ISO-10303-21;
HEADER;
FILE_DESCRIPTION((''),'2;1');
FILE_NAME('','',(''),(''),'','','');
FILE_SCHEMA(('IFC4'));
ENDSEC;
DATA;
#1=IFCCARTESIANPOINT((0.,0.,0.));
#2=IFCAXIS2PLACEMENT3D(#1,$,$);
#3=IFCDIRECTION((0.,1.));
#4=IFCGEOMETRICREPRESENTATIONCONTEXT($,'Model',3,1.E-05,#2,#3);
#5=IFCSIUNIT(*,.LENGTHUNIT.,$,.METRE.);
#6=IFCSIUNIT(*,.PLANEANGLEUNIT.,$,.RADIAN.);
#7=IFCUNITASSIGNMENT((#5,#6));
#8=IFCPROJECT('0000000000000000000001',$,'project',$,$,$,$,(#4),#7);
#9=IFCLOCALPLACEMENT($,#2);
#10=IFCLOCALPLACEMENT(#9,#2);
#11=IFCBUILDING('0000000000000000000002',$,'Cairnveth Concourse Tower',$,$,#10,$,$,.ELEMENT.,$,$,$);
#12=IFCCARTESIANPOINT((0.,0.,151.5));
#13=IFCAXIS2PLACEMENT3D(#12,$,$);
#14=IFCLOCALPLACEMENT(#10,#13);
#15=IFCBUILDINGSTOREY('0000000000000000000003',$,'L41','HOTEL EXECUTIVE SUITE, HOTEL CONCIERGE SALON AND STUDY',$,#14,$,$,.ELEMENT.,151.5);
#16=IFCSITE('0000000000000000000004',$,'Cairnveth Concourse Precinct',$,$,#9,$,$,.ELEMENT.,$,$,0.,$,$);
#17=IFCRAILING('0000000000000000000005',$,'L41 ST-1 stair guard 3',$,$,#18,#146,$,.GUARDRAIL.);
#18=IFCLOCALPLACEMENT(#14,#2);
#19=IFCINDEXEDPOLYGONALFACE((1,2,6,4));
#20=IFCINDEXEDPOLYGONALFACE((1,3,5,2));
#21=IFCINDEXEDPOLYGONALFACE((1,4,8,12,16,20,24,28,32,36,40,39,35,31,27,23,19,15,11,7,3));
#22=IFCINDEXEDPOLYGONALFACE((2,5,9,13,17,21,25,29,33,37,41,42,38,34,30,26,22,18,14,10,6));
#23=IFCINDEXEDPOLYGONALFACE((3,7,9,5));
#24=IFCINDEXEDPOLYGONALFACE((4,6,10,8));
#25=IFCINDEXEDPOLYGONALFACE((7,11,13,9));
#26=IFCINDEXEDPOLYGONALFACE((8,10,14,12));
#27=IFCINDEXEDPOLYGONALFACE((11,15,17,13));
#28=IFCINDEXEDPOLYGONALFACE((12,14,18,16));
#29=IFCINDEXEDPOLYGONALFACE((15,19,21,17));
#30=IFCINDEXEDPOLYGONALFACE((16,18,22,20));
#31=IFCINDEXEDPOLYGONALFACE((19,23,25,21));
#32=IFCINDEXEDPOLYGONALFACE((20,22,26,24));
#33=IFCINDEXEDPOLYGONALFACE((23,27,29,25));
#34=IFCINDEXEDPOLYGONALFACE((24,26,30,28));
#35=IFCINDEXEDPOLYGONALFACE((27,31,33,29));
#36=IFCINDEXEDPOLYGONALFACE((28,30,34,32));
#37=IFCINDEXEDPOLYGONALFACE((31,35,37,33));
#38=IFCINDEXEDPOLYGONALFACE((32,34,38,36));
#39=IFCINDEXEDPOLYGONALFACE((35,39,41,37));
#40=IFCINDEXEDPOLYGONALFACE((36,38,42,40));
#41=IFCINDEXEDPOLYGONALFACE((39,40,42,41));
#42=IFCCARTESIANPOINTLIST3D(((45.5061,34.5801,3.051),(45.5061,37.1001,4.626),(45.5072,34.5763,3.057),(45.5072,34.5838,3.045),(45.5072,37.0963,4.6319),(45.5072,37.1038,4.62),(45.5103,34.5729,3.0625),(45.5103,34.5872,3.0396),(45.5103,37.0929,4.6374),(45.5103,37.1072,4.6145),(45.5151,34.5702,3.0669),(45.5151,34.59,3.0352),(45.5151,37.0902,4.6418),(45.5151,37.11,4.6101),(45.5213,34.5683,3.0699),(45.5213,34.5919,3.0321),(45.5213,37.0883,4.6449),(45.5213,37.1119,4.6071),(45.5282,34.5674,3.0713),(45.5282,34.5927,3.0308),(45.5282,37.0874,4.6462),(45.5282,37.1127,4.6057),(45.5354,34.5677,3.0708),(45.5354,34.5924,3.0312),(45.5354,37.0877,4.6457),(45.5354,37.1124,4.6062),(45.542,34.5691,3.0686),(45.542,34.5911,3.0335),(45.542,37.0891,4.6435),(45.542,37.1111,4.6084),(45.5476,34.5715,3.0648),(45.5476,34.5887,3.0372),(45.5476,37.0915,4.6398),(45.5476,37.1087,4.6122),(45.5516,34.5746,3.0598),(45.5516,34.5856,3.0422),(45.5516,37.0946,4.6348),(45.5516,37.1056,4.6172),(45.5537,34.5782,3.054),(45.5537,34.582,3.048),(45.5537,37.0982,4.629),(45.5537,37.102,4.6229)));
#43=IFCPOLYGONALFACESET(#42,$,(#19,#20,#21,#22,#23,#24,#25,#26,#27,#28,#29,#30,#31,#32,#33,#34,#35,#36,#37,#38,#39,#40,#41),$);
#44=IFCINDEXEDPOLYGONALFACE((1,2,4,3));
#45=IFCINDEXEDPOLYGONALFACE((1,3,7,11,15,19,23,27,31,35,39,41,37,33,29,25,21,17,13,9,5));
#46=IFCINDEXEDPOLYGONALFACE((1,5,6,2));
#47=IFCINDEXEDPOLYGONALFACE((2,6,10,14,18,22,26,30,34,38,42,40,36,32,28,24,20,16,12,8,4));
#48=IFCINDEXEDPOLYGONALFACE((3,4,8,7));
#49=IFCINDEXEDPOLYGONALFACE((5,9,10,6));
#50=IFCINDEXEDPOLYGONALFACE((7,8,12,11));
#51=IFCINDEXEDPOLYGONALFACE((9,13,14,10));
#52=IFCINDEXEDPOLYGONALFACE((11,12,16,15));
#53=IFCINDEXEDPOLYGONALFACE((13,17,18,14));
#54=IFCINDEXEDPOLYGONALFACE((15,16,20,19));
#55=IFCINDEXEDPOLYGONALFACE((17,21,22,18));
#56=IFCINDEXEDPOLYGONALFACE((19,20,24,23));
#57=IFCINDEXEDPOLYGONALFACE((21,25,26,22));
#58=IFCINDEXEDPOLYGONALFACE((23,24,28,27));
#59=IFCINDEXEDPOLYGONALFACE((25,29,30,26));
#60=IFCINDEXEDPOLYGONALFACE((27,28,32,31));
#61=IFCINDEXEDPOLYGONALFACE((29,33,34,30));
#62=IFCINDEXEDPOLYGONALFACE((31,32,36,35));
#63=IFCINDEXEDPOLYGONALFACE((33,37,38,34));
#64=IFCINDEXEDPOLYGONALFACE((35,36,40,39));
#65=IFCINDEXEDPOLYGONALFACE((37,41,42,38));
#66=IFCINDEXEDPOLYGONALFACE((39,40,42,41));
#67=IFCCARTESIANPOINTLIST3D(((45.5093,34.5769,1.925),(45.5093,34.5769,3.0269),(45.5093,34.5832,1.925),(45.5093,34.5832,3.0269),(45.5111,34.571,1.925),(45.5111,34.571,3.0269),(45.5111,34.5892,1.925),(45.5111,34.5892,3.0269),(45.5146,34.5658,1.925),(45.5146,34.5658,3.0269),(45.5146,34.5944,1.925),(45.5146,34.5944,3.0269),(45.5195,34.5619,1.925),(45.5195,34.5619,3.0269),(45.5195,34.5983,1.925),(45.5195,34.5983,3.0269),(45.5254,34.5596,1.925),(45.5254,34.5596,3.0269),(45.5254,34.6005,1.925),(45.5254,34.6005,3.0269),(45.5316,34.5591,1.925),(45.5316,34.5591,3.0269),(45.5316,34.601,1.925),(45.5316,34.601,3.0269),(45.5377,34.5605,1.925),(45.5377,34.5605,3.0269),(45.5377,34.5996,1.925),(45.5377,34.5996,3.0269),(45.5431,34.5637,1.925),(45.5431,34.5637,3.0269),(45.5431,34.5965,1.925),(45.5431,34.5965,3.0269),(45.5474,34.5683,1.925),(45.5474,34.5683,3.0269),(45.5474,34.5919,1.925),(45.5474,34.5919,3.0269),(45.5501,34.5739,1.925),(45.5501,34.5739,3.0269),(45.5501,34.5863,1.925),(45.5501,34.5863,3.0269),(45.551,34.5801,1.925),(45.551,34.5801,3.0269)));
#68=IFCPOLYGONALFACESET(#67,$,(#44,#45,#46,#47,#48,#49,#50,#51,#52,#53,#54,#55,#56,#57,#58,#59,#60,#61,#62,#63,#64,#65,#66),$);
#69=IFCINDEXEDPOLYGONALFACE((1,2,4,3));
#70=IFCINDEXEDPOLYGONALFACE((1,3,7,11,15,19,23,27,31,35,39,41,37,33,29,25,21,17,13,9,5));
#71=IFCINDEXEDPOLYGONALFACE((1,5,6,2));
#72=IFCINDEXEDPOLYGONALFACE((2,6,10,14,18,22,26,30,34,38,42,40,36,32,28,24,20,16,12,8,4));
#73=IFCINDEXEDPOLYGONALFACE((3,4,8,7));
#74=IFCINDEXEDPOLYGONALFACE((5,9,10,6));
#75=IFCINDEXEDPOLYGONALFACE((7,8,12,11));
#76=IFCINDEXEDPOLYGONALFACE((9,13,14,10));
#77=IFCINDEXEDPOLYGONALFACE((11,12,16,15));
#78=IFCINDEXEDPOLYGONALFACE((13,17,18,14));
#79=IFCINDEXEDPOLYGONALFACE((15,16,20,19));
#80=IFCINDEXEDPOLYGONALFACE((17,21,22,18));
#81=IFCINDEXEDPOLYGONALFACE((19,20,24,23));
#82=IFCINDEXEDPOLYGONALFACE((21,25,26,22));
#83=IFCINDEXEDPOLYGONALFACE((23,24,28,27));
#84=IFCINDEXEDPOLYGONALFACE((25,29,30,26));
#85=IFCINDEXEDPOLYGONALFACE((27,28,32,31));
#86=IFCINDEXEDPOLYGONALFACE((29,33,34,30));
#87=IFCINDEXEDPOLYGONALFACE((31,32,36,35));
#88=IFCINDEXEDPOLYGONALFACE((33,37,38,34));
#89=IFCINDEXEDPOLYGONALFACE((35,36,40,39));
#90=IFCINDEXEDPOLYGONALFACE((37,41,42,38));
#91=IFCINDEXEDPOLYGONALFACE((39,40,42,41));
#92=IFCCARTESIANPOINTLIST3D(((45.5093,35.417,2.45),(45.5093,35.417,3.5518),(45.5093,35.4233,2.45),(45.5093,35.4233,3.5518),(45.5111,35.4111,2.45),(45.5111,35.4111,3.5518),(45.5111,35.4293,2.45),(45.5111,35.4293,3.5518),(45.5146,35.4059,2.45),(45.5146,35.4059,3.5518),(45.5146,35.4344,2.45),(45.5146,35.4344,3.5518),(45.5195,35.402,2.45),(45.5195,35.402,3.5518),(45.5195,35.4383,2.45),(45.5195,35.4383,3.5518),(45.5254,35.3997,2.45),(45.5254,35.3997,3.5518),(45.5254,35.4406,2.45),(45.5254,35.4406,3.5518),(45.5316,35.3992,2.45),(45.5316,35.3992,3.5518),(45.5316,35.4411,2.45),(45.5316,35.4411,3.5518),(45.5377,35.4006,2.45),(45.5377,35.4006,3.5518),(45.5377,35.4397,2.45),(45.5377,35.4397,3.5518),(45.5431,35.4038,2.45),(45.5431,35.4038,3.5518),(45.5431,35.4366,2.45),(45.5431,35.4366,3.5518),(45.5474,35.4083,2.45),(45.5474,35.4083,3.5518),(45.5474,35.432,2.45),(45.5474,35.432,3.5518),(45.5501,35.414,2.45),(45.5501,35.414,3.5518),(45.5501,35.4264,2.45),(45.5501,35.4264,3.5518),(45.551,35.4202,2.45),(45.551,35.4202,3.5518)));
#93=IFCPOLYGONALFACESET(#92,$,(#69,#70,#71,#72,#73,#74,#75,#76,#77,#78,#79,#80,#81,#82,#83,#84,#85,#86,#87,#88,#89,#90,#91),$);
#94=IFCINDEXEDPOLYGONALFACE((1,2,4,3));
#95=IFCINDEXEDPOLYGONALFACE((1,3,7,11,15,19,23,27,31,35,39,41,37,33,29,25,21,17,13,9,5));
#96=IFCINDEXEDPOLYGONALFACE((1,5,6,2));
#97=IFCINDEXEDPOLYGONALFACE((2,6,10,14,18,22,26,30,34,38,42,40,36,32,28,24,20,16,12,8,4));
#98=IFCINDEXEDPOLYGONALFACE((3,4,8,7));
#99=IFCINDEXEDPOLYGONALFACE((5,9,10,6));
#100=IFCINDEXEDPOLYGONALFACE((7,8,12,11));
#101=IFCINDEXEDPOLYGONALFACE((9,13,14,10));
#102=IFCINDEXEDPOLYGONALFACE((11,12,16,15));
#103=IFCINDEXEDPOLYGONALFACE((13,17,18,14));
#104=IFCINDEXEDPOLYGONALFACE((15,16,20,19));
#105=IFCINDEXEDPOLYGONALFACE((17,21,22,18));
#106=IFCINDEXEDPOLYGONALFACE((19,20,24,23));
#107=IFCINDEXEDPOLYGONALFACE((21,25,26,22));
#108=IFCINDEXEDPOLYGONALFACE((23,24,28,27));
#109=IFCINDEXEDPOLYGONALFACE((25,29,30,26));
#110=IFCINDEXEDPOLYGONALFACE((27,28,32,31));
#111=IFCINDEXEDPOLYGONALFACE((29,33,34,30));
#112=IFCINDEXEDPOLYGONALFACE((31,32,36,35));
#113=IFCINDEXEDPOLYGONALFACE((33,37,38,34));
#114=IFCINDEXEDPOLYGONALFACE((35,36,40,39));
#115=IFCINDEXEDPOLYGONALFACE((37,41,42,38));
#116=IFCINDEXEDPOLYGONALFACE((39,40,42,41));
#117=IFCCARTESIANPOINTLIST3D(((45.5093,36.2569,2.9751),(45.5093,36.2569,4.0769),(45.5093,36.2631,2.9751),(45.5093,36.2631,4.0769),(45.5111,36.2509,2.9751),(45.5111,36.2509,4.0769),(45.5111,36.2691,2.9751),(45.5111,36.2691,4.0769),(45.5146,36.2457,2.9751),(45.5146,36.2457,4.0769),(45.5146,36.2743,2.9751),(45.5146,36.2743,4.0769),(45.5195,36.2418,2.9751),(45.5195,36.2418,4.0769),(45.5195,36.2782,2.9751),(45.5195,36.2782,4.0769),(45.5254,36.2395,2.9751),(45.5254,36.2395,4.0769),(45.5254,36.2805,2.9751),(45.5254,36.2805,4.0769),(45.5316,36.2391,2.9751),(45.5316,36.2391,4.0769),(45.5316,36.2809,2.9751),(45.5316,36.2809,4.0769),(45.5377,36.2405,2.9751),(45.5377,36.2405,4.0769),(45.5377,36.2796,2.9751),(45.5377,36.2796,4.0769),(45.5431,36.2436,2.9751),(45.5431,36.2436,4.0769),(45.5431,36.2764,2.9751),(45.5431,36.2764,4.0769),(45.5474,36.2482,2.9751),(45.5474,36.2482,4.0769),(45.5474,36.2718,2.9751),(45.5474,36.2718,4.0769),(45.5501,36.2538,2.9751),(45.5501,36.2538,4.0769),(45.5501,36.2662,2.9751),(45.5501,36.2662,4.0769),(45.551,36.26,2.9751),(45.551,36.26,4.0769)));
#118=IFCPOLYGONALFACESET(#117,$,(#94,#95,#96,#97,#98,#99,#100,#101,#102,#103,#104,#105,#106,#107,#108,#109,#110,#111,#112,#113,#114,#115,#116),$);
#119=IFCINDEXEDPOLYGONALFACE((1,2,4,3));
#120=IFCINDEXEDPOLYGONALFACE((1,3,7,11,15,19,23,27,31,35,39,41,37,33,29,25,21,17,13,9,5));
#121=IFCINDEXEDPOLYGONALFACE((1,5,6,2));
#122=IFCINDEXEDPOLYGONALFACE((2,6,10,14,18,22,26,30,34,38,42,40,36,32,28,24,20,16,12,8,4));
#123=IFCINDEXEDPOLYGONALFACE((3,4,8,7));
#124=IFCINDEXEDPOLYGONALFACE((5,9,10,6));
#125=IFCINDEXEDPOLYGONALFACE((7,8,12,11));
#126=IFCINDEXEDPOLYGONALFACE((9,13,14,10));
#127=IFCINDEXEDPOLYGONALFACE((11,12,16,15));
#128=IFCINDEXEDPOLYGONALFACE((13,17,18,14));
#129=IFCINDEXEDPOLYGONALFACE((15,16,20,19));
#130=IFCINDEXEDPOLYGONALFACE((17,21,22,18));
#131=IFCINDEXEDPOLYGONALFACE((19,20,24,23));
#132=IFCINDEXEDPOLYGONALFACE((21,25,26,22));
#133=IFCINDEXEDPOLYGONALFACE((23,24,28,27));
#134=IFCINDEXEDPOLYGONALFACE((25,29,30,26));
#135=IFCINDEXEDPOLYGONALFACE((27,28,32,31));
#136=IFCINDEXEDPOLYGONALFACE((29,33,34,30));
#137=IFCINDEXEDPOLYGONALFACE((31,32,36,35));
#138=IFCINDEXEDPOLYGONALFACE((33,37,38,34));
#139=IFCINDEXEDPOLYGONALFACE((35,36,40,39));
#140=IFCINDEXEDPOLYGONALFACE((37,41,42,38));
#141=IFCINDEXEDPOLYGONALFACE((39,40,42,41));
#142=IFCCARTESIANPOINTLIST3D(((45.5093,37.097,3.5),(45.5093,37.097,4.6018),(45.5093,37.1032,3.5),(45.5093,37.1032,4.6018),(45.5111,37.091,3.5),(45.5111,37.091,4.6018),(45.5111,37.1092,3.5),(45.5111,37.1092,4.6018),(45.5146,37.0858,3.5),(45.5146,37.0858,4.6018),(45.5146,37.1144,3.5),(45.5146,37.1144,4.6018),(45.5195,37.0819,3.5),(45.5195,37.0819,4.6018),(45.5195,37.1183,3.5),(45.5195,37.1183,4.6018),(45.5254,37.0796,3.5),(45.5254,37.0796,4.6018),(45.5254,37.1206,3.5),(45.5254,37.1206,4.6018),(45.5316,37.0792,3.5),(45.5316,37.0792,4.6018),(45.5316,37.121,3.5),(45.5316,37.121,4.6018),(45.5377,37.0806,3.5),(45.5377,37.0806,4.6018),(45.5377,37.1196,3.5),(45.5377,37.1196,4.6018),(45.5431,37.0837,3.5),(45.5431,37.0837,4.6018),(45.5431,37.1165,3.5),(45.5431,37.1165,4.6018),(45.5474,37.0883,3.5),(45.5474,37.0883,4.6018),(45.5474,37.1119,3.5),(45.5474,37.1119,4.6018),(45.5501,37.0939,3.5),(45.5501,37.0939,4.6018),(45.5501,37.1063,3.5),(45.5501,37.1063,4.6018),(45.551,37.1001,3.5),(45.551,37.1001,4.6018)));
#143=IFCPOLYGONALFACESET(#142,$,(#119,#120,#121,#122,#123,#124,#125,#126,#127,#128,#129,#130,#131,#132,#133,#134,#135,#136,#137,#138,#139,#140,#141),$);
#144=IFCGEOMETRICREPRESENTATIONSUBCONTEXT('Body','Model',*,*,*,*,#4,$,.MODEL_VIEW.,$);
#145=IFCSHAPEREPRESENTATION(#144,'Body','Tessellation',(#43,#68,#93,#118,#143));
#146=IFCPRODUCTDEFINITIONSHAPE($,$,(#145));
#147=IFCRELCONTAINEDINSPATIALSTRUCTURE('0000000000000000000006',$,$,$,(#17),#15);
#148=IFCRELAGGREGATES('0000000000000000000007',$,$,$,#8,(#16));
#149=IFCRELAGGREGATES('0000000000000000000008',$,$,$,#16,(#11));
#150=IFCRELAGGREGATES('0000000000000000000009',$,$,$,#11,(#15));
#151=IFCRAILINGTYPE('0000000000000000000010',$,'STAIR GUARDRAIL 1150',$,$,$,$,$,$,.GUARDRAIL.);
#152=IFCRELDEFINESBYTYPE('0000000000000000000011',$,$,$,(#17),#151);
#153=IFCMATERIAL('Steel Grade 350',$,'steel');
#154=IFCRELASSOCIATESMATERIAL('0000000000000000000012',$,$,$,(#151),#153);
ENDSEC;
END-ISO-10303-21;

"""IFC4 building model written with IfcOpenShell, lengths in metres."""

from ifc_helpers import new_model, si_unit, direction, frame, origin, origin_2d, place, context, subcontext, project, spatial, circle, extrude, material, type_object, element, save


model = new_model("IFC4")

# Units and contexts
model_context = context("Model", 3, precision=1e-05, world=origin(), true_north=direction((0.0, 1.0)))
body_context = subcontext(model_context, "Body", "Model", "MODEL_VIEW")
ifc_project = project(units=[si_unit("LENGTHUNIT", "METRE"), si_unit("PLANEANGLEUNIT", "RADIAN")], contexts=[model_context])

# Site, building, storey
site_placement = place(None, origin())
site = spatial("IfcSite", under=ifc_project, at=site_placement, Name="Cairnveth Concourse Precinct", CompositionType="ELEMENT", RefElevation=0.0)
building_placement = place(site_placement, origin())
building = spatial("IfcBuilding", under=site, at=building_placement, Name="Cairnveth Concourse Tower", CompositionType="ELEMENT")
storey_placement = place(building_placement, frame((0.0, 0.0, 151.5)))
storey = spatial("IfcBuildingStorey", under=building, at=storey_placement, Name="L41", Description="HOTEL EXECUTIVE SUITE, HOTEL CONCIERGE SALON AND STUDY", CompositionType="ELEMENT", Elevation=151.5)

# Railing
ifc_material_1 = material(Name="Steel Grade 350", Category="steel")
railing_type_1 = type_object("IfcRailingType", Name="STAIR GUARDRAIL 1150", PredefinedType="GUARDRAIL", material=ifc_material_1)
railing_1_placement = place(storey_placement, frame((45.53, 34.5801, 1.925)))
element("IfcRailing", 1, at=railing_1_placement, inside=storey, type_object=railing_type_1, Name="L41 ST-1 stair guard 3", PredefinedType="GUARDRAIL", context=body_context, shape_type="SweptSolid", body=[
    extrude(circle(Radius=0.0239, at=origin_2d()), frame((0.0, 0.0, 1.126), z_axis=(0.0, 0.848008, 0.529984), x_axis=(-1.0, 0.0, 0.0)), (0.0, 0.0, 1.0), 2.9717),
    extrude(circle(Radius=0.021, at=origin_2d()), origin(), (0.0, 0.0, 1.0), 1.1018),
    extrude(circle(Radius=0.021, at=origin_2d()), frame((0.0, 0.8401, 0.5249)), (0.0, 0.0, 1.0), 1.1018),
    extrude(circle(Radius=0.021, at=origin_2d()), frame((0.0, 1.6799, 1.05)), (0.0, 0.0, 1.0), 1.1018),
    extrude(circle(Radius=0.021, at=origin_2d()), frame((0.0, 2.52, 1.575)), (0.0, 0.0, 1.0), 1.1018),
])

save(model, "model.ifc")
